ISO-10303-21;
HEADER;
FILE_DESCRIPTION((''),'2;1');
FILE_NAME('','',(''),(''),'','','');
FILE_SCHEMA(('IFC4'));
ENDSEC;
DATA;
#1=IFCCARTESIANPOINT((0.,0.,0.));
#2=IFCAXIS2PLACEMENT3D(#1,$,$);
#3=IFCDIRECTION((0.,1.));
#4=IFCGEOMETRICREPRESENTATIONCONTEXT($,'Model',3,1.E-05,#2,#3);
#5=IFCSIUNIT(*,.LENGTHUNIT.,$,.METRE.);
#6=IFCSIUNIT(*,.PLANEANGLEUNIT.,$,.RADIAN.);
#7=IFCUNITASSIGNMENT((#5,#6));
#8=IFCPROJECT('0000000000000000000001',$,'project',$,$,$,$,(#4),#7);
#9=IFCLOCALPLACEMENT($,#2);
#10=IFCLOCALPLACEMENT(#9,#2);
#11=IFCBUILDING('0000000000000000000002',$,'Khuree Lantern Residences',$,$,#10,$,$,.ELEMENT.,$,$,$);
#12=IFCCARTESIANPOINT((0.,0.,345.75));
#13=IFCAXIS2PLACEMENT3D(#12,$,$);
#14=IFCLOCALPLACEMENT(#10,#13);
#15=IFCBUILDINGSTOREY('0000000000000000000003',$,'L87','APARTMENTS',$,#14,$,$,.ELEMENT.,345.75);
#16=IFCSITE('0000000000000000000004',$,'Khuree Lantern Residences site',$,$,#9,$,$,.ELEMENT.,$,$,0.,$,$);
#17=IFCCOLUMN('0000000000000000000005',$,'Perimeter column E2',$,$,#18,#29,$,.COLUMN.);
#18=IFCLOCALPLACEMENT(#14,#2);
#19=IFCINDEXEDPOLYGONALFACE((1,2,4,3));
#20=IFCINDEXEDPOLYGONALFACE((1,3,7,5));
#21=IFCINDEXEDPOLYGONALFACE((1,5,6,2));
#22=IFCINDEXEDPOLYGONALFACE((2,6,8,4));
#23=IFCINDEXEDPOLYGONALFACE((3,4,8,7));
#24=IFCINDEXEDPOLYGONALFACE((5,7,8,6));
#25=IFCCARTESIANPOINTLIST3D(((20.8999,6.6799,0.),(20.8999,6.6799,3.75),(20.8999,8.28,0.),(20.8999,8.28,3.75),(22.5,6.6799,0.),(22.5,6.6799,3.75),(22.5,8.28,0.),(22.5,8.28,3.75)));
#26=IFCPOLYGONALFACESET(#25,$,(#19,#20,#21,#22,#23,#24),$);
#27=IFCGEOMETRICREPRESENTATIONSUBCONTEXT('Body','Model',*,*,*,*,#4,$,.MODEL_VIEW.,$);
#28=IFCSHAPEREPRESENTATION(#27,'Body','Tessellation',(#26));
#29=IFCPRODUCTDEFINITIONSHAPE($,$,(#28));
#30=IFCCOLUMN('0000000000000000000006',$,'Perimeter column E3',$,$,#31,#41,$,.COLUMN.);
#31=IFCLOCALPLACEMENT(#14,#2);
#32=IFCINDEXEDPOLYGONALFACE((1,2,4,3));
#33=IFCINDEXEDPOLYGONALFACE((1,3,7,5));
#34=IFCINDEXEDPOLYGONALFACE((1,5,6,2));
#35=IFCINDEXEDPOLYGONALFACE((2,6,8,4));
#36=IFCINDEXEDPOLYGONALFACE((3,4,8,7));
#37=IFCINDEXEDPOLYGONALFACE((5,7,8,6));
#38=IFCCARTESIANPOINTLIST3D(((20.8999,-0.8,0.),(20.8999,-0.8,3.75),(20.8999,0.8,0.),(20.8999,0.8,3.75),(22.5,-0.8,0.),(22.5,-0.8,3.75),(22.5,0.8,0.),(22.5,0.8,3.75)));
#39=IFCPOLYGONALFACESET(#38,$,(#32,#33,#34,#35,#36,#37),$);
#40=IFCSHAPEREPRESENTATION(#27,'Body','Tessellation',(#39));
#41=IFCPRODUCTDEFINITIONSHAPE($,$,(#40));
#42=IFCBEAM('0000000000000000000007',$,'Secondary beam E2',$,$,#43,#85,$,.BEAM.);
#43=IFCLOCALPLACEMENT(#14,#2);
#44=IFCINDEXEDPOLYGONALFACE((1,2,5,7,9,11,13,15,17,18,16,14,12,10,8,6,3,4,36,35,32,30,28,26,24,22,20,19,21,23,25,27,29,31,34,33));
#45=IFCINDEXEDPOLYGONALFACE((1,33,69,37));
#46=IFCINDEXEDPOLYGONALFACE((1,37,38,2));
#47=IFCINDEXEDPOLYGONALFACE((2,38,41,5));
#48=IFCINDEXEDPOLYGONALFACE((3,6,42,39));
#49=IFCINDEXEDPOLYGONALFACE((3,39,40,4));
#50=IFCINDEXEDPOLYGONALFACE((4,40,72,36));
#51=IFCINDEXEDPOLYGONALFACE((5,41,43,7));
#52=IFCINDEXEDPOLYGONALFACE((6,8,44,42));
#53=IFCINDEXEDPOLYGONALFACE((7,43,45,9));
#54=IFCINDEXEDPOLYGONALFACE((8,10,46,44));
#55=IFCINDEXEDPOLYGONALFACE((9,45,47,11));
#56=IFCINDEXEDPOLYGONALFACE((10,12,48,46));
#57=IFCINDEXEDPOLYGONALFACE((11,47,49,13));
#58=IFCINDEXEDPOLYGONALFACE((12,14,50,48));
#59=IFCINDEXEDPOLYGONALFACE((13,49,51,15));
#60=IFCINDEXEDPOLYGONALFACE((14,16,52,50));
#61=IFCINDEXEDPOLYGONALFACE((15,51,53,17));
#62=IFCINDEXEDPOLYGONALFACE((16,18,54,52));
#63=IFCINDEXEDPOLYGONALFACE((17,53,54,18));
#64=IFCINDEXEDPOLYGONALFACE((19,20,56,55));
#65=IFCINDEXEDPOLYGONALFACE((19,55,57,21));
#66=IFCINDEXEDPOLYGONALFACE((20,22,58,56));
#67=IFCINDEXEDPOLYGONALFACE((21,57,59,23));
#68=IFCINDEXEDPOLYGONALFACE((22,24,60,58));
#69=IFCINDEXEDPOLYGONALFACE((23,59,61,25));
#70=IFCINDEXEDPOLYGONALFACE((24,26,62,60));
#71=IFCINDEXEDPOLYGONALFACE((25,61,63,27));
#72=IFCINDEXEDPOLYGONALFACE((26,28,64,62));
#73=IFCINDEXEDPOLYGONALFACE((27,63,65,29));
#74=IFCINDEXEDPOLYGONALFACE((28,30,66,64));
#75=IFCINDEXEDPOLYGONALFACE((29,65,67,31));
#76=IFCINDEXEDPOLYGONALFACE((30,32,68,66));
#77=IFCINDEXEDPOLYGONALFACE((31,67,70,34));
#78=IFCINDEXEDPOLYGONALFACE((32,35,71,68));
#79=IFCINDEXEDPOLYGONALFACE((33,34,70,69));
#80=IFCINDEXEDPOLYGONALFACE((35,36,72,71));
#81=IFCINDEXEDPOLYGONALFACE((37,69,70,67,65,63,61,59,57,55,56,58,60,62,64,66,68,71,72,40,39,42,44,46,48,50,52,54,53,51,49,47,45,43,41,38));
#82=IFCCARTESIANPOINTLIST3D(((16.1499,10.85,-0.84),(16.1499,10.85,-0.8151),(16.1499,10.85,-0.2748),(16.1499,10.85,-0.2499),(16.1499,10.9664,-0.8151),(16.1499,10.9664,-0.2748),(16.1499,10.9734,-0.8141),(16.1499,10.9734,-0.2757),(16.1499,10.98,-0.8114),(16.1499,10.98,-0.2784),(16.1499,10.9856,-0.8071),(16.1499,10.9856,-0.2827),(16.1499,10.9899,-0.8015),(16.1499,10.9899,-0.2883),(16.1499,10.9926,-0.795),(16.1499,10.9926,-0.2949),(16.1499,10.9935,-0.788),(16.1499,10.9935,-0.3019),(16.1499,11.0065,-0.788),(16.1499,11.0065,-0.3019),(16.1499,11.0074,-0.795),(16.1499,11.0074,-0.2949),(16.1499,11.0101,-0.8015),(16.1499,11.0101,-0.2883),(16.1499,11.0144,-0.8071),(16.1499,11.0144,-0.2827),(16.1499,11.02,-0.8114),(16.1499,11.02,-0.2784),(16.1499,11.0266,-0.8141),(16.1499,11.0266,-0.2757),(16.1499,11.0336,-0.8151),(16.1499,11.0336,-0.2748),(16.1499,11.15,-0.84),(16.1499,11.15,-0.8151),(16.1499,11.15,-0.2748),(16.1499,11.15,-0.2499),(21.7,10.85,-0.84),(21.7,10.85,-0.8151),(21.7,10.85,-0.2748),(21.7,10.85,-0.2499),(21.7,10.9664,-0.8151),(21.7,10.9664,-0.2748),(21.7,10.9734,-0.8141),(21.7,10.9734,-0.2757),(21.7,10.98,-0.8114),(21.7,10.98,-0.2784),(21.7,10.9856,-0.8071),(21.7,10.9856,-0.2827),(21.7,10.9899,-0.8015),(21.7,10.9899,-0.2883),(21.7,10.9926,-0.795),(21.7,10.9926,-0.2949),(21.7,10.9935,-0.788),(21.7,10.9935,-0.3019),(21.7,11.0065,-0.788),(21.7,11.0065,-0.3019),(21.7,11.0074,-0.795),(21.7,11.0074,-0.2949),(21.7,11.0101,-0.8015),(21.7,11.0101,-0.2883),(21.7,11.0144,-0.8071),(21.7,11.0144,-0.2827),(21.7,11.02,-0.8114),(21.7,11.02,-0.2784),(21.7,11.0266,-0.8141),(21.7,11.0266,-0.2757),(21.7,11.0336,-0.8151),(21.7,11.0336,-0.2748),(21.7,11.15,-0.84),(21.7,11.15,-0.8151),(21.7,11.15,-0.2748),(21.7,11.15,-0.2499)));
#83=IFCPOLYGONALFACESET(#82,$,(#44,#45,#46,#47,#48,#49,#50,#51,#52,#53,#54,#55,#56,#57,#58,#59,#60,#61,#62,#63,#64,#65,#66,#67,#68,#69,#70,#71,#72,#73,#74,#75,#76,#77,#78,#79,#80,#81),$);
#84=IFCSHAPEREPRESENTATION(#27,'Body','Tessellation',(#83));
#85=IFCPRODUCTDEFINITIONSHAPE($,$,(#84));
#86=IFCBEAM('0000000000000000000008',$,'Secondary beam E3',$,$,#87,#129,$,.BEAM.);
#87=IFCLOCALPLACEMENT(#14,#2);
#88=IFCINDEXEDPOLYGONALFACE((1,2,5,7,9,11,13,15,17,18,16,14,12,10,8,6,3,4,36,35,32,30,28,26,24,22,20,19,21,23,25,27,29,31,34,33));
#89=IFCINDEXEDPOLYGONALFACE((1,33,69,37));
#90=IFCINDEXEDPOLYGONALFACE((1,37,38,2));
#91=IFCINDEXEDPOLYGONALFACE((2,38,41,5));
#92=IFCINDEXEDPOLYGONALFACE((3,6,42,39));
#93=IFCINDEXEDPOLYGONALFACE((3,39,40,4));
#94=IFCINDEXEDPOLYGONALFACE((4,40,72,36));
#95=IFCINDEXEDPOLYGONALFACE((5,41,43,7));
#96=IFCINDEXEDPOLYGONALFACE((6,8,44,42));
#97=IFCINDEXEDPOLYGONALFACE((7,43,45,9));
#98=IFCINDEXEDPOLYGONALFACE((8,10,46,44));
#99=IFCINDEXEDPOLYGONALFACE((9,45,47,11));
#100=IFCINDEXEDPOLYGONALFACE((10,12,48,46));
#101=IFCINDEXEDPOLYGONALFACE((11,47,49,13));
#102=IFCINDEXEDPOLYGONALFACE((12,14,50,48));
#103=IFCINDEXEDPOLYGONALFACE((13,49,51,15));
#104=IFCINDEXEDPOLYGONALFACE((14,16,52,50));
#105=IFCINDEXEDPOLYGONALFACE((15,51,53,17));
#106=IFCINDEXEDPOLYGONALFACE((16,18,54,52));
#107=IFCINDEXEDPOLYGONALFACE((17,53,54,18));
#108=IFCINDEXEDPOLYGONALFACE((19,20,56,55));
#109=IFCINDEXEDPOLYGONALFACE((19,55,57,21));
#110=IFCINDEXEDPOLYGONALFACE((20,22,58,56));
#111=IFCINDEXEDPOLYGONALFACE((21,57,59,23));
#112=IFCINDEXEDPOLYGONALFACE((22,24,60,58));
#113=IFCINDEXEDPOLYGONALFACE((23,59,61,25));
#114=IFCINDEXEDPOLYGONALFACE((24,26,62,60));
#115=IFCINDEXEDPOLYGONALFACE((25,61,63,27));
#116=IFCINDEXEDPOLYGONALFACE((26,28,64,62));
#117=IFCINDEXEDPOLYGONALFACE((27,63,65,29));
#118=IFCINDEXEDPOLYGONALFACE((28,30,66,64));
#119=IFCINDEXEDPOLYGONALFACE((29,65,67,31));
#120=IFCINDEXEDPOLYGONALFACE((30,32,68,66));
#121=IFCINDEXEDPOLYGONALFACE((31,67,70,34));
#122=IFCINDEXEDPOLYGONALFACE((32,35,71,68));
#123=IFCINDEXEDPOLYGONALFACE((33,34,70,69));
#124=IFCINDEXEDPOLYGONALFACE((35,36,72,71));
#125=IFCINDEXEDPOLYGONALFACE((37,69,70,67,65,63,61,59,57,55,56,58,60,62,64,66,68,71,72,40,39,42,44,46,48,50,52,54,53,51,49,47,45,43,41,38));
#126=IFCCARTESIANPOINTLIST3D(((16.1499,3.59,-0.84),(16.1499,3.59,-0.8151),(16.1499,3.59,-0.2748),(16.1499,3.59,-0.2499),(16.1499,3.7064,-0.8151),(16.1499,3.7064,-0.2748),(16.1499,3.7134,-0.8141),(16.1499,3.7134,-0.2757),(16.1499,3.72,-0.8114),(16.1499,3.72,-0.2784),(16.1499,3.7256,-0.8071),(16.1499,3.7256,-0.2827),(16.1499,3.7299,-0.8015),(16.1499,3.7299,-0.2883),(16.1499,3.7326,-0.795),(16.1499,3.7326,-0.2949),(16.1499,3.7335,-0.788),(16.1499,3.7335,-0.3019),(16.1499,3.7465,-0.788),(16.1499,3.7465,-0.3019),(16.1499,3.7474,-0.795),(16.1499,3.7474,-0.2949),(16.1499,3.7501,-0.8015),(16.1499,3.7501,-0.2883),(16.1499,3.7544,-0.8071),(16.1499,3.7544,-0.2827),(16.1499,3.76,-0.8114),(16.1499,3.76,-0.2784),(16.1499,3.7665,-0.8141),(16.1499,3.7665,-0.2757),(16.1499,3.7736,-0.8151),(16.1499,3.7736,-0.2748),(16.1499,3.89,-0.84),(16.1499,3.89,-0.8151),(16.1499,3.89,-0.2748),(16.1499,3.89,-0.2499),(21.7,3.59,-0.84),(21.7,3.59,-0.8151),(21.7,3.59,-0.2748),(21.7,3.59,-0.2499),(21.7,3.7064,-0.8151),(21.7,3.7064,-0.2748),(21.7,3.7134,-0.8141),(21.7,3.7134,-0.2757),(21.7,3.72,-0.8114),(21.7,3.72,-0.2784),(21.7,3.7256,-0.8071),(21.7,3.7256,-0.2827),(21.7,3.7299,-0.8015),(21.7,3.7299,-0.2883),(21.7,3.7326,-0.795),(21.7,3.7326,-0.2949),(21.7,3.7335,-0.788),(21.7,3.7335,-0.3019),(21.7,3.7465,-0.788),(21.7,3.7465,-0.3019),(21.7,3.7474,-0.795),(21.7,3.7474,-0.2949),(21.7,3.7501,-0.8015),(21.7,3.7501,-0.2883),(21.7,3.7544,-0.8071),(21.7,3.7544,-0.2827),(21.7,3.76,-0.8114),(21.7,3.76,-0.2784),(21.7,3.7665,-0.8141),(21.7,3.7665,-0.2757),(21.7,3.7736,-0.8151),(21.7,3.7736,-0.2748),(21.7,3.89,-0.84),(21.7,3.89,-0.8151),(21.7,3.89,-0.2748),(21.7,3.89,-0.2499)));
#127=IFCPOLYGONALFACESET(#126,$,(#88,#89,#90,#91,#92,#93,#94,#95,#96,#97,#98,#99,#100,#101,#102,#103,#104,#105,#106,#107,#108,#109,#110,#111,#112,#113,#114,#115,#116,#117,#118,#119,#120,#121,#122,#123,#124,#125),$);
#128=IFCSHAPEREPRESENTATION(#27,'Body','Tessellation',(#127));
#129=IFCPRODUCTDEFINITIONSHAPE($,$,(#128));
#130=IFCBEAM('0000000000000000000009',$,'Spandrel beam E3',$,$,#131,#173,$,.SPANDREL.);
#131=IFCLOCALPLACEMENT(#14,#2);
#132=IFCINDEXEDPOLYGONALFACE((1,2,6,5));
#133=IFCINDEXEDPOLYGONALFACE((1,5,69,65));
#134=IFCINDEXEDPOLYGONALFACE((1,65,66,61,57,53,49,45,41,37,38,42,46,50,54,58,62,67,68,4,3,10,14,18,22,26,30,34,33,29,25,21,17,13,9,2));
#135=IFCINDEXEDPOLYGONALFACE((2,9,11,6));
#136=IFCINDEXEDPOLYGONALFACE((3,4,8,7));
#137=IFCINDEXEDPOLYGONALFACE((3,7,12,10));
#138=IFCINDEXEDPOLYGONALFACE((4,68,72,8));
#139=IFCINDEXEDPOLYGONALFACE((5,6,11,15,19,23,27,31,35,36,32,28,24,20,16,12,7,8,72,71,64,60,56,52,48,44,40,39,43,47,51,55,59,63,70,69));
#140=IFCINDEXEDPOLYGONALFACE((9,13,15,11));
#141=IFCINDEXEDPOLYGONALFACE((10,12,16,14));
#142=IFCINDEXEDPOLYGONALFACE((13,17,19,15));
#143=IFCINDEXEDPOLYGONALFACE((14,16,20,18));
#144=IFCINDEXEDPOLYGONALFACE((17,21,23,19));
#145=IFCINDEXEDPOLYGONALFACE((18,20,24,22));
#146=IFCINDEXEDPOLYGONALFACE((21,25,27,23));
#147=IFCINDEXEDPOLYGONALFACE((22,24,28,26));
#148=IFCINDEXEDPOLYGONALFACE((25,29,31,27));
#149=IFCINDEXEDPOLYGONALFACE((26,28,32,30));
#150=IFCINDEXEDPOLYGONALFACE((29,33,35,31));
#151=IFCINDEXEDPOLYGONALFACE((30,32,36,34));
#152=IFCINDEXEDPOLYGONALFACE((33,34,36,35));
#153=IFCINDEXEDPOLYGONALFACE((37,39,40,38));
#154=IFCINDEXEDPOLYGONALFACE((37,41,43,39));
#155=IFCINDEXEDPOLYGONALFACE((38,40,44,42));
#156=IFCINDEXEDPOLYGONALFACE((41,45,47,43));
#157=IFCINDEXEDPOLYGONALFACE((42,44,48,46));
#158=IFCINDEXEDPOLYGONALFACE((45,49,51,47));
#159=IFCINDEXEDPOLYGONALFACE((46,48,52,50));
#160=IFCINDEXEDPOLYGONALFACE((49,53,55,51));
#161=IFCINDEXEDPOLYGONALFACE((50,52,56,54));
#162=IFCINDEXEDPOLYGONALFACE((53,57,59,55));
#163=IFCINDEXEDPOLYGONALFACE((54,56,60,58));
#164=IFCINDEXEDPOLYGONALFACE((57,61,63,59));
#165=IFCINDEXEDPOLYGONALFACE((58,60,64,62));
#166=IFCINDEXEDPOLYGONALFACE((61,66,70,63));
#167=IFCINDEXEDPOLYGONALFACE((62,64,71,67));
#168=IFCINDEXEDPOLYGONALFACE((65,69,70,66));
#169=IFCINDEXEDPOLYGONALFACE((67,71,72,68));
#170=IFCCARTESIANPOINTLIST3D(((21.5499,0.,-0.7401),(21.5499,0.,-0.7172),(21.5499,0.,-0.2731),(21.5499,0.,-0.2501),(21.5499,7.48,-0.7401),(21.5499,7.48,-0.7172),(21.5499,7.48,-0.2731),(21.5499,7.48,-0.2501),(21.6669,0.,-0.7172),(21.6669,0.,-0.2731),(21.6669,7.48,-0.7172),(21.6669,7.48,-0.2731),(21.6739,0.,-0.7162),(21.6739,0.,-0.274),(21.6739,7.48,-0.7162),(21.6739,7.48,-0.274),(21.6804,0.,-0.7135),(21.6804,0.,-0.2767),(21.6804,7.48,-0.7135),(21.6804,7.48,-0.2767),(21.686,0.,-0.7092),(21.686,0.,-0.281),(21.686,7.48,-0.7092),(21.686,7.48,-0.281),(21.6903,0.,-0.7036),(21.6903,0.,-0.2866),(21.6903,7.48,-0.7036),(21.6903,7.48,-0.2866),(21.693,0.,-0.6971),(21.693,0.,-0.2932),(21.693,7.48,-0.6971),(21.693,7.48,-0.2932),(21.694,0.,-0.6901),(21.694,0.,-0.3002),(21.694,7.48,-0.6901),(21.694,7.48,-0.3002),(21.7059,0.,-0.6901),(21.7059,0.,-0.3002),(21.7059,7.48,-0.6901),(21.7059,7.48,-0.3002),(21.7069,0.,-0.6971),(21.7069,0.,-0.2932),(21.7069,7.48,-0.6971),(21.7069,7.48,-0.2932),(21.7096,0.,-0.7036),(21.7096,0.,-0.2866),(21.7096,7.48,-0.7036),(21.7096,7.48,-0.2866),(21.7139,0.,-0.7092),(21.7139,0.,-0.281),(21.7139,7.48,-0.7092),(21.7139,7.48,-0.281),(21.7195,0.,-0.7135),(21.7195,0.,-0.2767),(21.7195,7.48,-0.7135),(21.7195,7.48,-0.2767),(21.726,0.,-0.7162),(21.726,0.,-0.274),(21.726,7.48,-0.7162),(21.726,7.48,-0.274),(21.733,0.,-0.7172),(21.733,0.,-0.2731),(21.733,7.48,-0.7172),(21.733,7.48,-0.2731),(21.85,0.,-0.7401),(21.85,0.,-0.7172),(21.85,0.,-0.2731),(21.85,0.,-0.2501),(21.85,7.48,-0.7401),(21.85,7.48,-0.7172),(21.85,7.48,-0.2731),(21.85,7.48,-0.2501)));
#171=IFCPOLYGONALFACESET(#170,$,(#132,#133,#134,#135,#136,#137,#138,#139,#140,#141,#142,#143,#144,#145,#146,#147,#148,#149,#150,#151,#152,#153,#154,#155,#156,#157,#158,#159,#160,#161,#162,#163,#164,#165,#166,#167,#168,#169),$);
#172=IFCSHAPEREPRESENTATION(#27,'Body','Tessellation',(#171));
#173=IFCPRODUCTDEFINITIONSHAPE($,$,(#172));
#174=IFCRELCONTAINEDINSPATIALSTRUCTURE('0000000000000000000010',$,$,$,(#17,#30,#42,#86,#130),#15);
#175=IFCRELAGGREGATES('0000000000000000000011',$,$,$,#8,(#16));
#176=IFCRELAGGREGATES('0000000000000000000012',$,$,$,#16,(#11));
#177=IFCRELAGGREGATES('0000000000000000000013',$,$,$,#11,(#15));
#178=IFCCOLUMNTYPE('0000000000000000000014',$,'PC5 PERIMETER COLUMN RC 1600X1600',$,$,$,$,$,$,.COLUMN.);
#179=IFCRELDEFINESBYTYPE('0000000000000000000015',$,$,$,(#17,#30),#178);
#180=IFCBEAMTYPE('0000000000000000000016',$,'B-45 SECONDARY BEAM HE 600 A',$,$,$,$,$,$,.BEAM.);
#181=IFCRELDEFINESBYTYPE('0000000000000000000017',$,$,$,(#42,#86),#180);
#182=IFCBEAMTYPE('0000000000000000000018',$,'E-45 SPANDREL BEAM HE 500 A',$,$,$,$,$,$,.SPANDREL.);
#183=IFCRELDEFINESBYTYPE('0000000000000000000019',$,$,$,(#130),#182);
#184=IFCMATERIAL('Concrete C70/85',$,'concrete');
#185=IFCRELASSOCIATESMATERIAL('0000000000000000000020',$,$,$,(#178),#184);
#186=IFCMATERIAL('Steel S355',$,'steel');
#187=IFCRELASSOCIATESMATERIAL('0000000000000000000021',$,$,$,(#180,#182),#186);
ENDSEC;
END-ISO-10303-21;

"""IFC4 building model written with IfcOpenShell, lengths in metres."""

from ifc_helpers import new_model, si_unit, direction, frame, origin, origin_2d, place, context, subcontext, project, spatial, rectangle, i_section, extrude, material, material_profile, profile_set, type_object, element, save


model = new_model("IFC4")

# Units and contexts
model_context = context("Model", 3, precision=1e-05, world=origin(), true_north=direction((0.0, 1.0)))
body_context = subcontext(model_context, "Body", "Model", "MODEL_VIEW")
ifc_project = project(units=[si_unit("LENGTHUNIT", "METRE"), si_unit("PLANEANGLEUNIT", "RADIAN")], contexts=[model_context])

# Site, building, storey
site_placement = place(None, origin())
site = spatial("IfcSite", under=ifc_project, at=site_placement, Name="Khuree Lantern Residences site", CompositionType="ELEMENT", RefElevation=0.0)
building_placement = place(site_placement, origin())
building = spatial("IfcBuilding", under=site, at=building_placement, Name="Khuree Lantern Residences", CompositionType="ELEMENT")
storey_placement = place(building_placement, frame((0.0, 0.0, 345.75)))
storey = spatial("IfcBuildingStorey", under=building, at=storey_placement, Name="L87", Description="APARTMENTS", CompositionType="ELEMENT", Elevation=345.75)

# Columns
ifc_material_1 = material(Name="Concrete C70/85", Category="concrete")
ifc_material_profile_1 = material_profile(ifc_material_1, rectangle(XDim=1.6001, YDim=1.6001, at=origin_2d()), Name="RC 1600X1600")
ifc_profile_set_1 = profile_set([ifc_material_profile_1], Name="Concrete C70/85")
column_type = type_object("IfcColumnType", Name="PC5 PERIMETER COLUMN RC 1600X1600", PredefinedType="COLUMN", material=ifc_profile_set_1)
for number, where, z_axis, x_axis, name in (
    (1, (21.7, 7.48, 0.0), (0.0, 0.0, 1.0), (0.0, 1.0, 0.0), "Perimeter column E2"),
    (2, (21.7, 0.0, 0.0), (0.0, 0.0, 1.0), (0.0, 1.0, 0.0), "Perimeter column E3"),
):
    element("IfcColumn", number, at=place(storey_placement, frame(where, z_axis=z_axis, x_axis=x_axis)), inside=storey, type_object=column_type, Name=name, PredefinedType="COLUMN", context=body_context, shape_type="SweptSolid", body=[
        extrude(rectangle(XDim=1.6001, YDim=1.6001, at=origin_2d()), origin(), (0.0, 0.0, 1.0), 3.75),
    ])

# Beams
ifc_material_2 = material(Name="Steel S355", Category="steel")
ifc_material_profile_2 = material_profile(ifc_material_2, i_section(OverallWidth=0.3, OverallDepth=0.5901, WebThickness=0.0129, FlangeThickness=0.0249, FilletRadius=0.0271, at=origin_2d()), Name="HE 600 A")
ifc_profile_set_2 = profile_set([ifc_material_profile_2], Name="Steel S355")
beam_type_1 = type_object("IfcBeamType", Name="B-45 SECONDARY BEAM HE 600 A", PredefinedType="BEAM", material=ifc_profile_set_2)
for number, where, z_axis, x_axis, name in (
    (3, (21.7, 11.0, -0.5449), (-1.0, 0.0, 0.0), (0.0, -1.0, 0.0), "Secondary beam E2"),
    (4, (21.7, 3.74, -0.5449), (-1.0, 0.0, 0.0), (0.0, -1.0, 0.0), "Secondary beam E3"),
):
    element("IfcBeam", number, at=place(storey_placement, frame(where, z_axis=z_axis, x_axis=x_axis)), inside=storey, type_object=beam_type_1, Name=name, PredefinedType="BEAM", context=body_context, shape_type="SweptSolid", body=[
        extrude(i_section(OverallWidth=0.3, OverallDepth=0.5901, WebThickness=0.0129, FlangeThickness=0.0249, FilletRadius=0.0271, at=origin_2d()), origin(), (0.0, 0.0, 1.0), 5.55),
    ])
ifc_material_profile_3 = material_profile(ifc_material_2, i_section(OverallWidth=0.3, OverallDepth=0.49, WebThickness=0.012, FlangeThickness=0.0229, FilletRadius=0.0271, at=origin_2d()), Name="HE 500 A")
ifc_profile_set_3 = profile_set([ifc_material_profile_3], Name="Steel S355")
beam_type_2 = type_object("IfcBeamType", Name="E-45 SPANDREL BEAM HE 500 A", PredefinedType="SPANDREL", material=ifc_profile_set_3)
for number, where, z_axis, x_axis, name in (
    (5, (21.7, 7.48, -0.4951), (0.0, -1.0, 0.0), (1.0, 0.0, 0.0), "Spandrel beam E3"),
):
    element("IfcBeam", number, at=place(storey_placement, frame(where, z_axis=z_axis, x_axis=x_axis)), inside=storey, type_object=beam_type_2, Name=name, PredefinedType="SPANDREL", context=body_context, shape_type="SweptSolid", body=[
        extrude(i_section(OverallWidth=0.3, OverallDepth=0.49, WebThickness=0.012, FlangeThickness=0.0229, FilletRadius=0.0271, at=origin_2d()), origin(), (0.0, 0.0, 1.0), 7.48),
    ])

save(model, "model.ifc")
